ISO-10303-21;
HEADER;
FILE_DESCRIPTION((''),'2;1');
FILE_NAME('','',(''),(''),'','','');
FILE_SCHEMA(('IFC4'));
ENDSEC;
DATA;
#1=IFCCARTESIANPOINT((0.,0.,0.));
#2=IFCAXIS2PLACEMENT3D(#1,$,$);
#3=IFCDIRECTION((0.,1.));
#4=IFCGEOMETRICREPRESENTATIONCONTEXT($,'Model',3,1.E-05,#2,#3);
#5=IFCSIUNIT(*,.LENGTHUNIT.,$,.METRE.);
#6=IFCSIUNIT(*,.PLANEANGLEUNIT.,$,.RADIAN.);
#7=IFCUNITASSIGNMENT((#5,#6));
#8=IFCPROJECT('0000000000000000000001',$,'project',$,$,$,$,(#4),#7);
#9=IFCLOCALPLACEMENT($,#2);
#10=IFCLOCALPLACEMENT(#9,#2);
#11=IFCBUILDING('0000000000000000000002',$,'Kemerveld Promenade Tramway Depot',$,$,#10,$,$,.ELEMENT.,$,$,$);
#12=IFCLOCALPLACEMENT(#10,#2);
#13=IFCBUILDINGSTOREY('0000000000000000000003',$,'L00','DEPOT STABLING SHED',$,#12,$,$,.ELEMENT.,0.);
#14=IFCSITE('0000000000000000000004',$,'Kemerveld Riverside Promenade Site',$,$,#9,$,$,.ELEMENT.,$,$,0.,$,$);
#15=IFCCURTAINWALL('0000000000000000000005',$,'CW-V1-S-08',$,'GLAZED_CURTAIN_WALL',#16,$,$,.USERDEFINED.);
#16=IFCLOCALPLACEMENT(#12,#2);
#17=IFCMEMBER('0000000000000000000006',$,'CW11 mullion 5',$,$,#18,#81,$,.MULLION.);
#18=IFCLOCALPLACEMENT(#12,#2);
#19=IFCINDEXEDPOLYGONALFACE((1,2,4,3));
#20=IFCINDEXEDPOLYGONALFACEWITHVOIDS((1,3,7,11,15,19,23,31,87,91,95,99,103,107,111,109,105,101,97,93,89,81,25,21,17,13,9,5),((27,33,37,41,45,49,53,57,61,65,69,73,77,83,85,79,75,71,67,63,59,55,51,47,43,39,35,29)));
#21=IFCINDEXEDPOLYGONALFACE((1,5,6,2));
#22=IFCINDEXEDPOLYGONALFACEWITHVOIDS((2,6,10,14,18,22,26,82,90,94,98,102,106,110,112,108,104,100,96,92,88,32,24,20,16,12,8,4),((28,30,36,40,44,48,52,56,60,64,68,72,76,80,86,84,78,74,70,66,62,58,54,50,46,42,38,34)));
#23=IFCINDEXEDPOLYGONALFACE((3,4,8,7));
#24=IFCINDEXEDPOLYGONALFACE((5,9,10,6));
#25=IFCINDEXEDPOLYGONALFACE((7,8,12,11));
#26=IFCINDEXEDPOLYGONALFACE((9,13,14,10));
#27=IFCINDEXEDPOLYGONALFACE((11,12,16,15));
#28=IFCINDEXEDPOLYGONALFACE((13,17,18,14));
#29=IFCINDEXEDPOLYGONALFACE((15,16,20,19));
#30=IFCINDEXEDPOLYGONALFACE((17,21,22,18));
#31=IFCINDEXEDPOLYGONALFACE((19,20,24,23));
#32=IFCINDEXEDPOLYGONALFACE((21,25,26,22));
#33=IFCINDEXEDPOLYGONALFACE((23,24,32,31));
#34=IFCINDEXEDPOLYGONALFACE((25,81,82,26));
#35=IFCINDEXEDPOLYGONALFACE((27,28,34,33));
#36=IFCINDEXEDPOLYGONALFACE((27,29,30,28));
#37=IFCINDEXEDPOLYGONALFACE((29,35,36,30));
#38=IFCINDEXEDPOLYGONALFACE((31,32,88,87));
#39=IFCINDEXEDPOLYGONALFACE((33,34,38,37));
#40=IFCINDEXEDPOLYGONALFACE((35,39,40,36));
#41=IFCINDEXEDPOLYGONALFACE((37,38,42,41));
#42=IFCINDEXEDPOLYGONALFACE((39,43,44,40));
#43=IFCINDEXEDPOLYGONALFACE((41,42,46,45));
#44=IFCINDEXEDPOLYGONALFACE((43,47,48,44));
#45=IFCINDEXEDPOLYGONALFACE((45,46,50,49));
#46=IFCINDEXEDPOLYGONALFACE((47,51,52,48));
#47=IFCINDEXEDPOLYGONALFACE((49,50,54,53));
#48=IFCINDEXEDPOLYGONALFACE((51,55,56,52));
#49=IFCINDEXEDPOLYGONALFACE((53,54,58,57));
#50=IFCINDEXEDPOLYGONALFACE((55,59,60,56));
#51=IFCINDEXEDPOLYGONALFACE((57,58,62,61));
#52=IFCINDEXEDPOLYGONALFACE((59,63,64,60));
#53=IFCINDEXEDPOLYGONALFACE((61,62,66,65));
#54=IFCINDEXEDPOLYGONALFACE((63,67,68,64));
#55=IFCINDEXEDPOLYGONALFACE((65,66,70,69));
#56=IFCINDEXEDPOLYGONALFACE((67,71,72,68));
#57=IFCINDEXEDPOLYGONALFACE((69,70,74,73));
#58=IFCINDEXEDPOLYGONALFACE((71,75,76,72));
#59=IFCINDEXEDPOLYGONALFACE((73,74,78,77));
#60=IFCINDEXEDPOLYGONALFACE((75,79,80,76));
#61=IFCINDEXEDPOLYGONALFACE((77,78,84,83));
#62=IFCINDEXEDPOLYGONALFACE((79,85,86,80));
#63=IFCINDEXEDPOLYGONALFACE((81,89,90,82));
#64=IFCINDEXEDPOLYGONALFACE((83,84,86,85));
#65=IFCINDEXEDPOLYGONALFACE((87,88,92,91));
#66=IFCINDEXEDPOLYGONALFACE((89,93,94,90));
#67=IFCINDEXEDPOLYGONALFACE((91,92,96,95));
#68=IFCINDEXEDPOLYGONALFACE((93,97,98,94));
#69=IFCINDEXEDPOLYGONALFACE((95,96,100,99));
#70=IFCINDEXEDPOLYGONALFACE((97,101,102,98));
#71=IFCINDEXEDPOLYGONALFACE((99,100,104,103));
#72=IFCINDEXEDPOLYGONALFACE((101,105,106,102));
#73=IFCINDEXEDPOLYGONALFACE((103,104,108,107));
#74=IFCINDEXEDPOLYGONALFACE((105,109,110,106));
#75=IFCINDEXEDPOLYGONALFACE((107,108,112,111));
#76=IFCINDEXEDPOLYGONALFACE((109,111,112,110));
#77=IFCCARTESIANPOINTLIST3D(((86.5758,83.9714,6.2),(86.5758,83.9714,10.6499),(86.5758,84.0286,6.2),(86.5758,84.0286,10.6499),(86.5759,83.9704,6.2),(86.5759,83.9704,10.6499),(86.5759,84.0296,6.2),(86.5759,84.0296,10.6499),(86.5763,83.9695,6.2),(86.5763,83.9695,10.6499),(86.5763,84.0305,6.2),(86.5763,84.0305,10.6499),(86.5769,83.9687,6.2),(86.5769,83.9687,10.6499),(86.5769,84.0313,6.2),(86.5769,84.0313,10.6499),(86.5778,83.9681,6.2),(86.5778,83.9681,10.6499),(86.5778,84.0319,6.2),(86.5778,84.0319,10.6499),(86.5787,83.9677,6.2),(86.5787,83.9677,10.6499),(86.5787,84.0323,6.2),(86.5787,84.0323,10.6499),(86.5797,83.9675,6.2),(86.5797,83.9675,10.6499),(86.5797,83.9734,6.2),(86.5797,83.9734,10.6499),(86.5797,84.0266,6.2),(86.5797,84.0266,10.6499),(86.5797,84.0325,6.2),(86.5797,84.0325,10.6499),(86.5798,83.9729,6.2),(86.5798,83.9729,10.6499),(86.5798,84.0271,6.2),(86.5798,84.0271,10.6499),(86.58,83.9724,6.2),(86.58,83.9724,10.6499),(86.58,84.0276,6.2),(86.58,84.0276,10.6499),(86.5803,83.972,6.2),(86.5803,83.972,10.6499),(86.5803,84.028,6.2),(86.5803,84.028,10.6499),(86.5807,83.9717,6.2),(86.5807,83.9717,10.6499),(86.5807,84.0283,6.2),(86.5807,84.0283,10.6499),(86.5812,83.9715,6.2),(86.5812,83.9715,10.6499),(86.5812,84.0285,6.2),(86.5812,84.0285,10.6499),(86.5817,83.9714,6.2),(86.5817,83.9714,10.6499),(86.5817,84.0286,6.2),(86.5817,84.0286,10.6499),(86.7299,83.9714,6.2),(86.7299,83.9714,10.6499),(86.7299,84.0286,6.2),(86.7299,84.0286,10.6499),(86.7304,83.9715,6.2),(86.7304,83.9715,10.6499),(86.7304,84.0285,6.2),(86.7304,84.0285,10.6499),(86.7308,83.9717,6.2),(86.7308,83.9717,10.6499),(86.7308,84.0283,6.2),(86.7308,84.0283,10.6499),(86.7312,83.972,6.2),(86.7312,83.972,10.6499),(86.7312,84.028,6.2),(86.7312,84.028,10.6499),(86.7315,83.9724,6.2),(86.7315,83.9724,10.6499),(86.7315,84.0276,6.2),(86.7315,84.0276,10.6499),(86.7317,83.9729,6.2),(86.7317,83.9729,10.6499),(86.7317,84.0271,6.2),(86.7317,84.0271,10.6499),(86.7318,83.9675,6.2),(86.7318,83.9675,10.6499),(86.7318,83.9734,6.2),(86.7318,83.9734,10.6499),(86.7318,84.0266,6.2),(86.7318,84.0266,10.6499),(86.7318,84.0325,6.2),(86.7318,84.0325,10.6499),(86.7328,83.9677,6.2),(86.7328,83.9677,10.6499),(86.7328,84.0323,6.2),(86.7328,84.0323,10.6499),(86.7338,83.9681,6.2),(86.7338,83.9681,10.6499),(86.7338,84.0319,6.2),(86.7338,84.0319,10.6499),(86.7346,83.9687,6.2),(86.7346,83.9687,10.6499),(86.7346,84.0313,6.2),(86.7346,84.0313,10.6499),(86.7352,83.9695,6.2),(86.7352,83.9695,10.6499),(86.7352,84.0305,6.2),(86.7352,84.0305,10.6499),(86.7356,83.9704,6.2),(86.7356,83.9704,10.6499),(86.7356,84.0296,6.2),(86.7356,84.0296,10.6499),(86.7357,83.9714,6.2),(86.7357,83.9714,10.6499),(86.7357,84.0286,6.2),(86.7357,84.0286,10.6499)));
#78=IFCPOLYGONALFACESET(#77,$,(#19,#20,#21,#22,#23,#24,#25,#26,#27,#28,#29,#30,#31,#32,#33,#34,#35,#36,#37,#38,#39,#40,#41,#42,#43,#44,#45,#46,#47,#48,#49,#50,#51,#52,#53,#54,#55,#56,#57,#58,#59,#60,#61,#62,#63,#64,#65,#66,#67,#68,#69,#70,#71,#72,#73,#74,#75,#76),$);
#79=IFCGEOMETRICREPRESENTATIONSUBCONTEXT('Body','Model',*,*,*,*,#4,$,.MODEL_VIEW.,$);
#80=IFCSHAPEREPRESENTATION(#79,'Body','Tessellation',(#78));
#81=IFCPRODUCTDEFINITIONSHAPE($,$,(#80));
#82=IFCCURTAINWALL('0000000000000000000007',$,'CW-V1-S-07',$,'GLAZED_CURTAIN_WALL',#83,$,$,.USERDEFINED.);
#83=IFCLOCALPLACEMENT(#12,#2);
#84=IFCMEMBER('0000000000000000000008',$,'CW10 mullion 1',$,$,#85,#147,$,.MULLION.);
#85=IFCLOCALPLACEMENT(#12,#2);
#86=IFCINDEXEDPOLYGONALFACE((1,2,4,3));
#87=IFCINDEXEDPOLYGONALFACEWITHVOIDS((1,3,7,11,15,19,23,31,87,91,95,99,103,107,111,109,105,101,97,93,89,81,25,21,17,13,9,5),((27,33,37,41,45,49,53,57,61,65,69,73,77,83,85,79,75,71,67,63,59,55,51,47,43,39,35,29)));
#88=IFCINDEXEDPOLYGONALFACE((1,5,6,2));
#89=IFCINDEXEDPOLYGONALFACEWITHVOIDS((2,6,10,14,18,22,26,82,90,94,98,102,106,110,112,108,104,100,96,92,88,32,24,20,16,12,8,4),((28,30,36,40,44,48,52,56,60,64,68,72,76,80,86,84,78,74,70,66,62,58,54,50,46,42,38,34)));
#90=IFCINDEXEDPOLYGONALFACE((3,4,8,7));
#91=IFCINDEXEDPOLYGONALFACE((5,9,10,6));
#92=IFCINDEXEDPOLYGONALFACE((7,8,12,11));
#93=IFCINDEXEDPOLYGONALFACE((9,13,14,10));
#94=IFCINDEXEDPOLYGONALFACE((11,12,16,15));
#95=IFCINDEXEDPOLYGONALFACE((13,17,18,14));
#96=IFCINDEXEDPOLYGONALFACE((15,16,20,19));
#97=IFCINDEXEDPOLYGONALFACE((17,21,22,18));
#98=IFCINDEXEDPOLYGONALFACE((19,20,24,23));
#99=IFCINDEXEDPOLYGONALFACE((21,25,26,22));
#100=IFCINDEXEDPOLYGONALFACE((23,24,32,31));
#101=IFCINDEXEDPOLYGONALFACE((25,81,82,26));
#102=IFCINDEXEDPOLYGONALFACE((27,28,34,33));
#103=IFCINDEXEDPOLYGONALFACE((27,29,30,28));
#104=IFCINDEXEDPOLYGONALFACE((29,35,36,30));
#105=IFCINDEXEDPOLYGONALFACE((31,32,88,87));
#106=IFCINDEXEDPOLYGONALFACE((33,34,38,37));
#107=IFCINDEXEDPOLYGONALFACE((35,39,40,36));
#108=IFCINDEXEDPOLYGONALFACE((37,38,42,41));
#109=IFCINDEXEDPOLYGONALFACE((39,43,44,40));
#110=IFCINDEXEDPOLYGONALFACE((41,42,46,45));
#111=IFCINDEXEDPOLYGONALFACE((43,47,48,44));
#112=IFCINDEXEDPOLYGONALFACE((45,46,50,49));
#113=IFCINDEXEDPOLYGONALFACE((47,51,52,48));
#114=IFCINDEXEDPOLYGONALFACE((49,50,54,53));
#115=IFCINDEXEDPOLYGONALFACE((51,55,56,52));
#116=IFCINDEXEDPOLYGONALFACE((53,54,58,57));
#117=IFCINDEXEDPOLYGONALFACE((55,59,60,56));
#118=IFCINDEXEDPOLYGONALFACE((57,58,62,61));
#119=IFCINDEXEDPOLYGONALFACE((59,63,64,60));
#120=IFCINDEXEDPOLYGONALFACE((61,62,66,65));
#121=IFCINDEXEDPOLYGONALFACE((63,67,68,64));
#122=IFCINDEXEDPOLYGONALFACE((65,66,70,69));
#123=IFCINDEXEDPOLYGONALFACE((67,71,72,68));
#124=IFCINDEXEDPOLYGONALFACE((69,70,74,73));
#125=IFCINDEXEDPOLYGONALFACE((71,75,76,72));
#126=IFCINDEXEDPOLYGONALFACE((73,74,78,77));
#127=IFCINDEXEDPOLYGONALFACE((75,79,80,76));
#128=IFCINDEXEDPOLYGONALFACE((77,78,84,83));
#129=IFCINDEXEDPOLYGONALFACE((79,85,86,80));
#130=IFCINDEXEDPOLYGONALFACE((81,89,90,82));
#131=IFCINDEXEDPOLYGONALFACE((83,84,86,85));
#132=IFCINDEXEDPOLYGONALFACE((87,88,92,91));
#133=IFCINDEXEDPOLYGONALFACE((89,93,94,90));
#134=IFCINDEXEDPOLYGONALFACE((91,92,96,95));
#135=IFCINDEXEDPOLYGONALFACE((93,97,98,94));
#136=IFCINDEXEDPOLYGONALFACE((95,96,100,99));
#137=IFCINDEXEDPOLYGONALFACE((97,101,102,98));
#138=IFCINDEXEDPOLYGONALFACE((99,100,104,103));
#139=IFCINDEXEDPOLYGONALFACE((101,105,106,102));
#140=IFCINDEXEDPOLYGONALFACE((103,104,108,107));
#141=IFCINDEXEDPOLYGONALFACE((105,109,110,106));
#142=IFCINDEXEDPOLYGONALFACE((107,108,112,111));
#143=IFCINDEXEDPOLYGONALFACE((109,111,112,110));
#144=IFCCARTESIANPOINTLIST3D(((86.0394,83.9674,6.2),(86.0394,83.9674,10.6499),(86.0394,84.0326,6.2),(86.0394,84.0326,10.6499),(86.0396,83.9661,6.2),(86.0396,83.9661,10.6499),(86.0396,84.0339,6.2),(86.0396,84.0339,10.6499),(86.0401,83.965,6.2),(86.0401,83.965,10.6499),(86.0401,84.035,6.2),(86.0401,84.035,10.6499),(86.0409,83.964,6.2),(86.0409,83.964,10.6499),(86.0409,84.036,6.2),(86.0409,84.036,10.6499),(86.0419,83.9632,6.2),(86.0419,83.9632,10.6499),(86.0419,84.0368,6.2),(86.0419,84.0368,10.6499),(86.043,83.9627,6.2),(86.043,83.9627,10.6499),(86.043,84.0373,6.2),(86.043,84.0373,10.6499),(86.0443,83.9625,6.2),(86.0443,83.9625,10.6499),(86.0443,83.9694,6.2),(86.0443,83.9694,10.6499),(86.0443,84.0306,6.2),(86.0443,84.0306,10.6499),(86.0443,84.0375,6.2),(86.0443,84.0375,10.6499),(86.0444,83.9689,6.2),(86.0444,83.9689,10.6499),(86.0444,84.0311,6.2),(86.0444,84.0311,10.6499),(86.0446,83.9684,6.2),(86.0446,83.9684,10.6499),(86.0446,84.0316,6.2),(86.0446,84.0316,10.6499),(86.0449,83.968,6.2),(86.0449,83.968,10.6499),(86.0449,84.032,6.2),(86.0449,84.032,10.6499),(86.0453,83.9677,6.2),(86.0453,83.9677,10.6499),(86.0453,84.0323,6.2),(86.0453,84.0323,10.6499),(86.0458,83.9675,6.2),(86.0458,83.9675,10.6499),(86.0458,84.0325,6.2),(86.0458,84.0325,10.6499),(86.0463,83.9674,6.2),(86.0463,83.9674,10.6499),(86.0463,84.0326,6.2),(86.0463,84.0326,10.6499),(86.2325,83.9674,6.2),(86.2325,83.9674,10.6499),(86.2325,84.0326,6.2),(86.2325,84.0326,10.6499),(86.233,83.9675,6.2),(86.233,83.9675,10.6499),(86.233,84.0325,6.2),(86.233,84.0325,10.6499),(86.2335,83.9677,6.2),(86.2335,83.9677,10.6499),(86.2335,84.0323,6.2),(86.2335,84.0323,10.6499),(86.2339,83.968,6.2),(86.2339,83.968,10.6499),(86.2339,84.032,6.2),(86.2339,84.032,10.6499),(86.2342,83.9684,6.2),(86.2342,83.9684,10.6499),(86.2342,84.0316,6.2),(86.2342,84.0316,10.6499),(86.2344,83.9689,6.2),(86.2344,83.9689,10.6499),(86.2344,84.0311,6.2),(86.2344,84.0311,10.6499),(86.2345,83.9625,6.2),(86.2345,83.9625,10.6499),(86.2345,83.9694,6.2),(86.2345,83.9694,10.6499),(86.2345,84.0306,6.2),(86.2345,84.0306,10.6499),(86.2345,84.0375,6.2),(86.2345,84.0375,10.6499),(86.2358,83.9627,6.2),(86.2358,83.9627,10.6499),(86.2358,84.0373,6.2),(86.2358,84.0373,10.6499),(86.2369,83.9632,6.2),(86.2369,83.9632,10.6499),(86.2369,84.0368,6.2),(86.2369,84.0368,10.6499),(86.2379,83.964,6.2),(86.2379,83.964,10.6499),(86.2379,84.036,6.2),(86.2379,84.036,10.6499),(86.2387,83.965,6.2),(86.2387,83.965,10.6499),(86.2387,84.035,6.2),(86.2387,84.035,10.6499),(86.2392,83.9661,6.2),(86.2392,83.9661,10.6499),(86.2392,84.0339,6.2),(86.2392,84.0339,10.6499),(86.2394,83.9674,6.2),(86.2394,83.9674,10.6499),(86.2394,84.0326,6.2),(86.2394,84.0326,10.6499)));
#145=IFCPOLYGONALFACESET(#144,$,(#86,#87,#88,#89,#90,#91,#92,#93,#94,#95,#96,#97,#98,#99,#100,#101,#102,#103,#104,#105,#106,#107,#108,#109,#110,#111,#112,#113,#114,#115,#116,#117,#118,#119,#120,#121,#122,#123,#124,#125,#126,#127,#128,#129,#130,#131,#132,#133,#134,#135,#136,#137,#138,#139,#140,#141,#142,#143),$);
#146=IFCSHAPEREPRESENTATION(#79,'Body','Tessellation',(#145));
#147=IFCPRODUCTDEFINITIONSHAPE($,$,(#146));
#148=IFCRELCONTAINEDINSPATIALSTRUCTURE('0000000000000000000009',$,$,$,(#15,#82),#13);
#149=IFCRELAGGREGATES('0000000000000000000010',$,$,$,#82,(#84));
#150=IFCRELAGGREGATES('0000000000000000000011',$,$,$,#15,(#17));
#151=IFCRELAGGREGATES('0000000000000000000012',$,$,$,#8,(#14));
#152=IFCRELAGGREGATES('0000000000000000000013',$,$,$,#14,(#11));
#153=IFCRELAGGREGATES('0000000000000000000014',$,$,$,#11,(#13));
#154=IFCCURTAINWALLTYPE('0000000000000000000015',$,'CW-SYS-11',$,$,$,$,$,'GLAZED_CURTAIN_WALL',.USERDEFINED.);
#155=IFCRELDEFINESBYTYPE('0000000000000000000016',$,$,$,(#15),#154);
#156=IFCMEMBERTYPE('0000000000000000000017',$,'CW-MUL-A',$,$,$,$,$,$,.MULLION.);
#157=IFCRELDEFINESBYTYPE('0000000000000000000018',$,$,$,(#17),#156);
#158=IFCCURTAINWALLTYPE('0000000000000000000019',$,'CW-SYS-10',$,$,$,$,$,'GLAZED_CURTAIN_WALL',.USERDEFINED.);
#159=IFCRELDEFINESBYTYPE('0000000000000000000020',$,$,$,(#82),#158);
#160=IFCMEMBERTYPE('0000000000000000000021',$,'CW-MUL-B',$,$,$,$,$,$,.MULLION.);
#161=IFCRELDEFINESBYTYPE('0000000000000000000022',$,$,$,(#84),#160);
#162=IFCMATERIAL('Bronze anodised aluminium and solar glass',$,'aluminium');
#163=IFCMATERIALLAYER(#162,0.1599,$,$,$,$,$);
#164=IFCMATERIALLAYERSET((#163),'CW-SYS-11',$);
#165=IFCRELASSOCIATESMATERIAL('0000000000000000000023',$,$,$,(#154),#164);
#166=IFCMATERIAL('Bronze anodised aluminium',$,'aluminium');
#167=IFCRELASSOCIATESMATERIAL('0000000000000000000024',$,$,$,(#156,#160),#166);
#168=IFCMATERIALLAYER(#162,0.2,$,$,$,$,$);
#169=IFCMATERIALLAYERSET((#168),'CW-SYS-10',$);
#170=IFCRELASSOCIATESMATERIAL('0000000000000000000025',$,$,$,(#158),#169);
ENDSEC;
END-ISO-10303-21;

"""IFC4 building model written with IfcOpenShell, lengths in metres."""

from ifc_helpers import new_model, si_unit, direction, frame, origin, origin_2d, place, context, subcontext, project, spatial, hollow_rectangle, extrude, material, layer, layer_set, material_profile, profile_set, type_object, element, aggregate, save


model = new_model("IFC4")

# Units and contexts
model_context = context("Model", 3, precision=1e-05, world=origin(), true_north=direction((0.0, 1.0)))
body_context = subcontext(model_context, "Body", "Model", "MODEL_VIEW")
ifc_project = project(units=[si_unit("LENGTHUNIT", "METRE"), si_unit("PLANEANGLEUNIT", "RADIAN")], contexts=[model_context])

# Site, building, storey
site_placement = place(None, origin())
site = spatial("IfcSite", under=ifc_project, at=site_placement, Name="Kemerveld Riverside Promenade Site", CompositionType="ELEMENT", RefElevation=0.0)
building_placement = place(site_placement, origin())
building = spatial("IfcBuilding", under=site, at=building_placement, Name="Kemerveld Promenade Tramway Depot", CompositionType="ELEMENT")
storey_placement = place(building_placement, origin())
storey = spatial("IfcBuildingStorey", under=building, at=storey_placement, Name="L00", Description="DEPOT STABLING SHED", CompositionType="ELEMENT", Elevation=0.0)

# Curtain walls, members
ifc_material_1 = material(Name="Bronze anodised aluminium and solar glass", Category="aluminium")
ifc_layer_1 = layer(ifc_material_1, 0.1599)
ifc_layer_set_1 = layer_set([ifc_layer_1], Name="CW-SYS-11")
curtain_wall_type_1 = type_object("IfcCurtainWallType", Name="CW-SYS-11", ElementType="GLAZED_CURTAIN_WALL", PredefinedType="USERDEFINED", material=ifc_layer_set_1)
curtain_wall_1_placement = place(storey_placement, origin())
curtain_wall_1 = element("IfcCurtainWall", 1, at=curtain_wall_1_placement, inside=storey, type_object=curtain_wall_type_1, Name="CW-V1-S-08", ObjectType="GLAZED_CURTAIN_WALL", PredefinedType="USERDEFINED")
ifc_material_2 = material(Name="Bronze anodised aluminium", Category="aluminium")
ifc_material_profile_1 = material_profile(ifc_material_2, hollow_rectangle(XDim=0.0649, YDim=0.1599, WallThickness=0.0039, InnerFilletRadius=0.002, OuterFilletRadius=0.0039, at=origin_2d()), Name="CW-MUL-160x65")
ifc_profile_set_1 = profile_set([ifc_material_profile_1], Name="Bronze anodised aluminium")
member_type_1 = type_object("IfcMemberType", Name="CW-MUL-A", PredefinedType="MULLION", material=ifc_profile_set_1)
member_1_placement = place(storey_placement, frame((86.6558, 84.0, 6.2), z_axis=(0.0, 0.0, 1.0), x_axis=(0.0, -1.0, 0.0)))
member_1 = element("IfcMember", 2, at=member_1_placement, type_object=member_type_1, Name="CW11 mullion 5", PredefinedType="MULLION", context=body_context, shape_type="SweptSolid", body=[
    extrude(hollow_rectangle(XDim=0.0649, YDim=0.1599, WallThickness=0.0039, InnerFilletRadius=0.002, OuterFilletRadius=0.0039, at=origin_2d()), origin(), (0.0, 0.0, 1.0), 4.45),
])
ifc_layer_2 = layer(ifc_material_1, 0.2)
ifc_layer_set_2 = layer_set([ifc_layer_2], Name="CW-SYS-10")
curtain_wall_type_2 = type_object("IfcCurtainWallType", Name="CW-SYS-10", ElementType="GLAZED_CURTAIN_WALL", PredefinedType="USERDEFINED", material=ifc_layer_set_2)
curtain_wall_2_placement = place(storey_placement, origin())
curtain_wall_2 = element("IfcCurtainWall", 3, at=curtain_wall_2_placement, inside=storey, type_object=curtain_wall_type_2, Name="CW-V1-S-07", ObjectType="GLAZED_CURTAIN_WALL", PredefinedType="USERDEFINED")
ifc_material_profile_2 = material_profile(ifc_material_2, hollow_rectangle(XDim=0.075, YDim=0.2, WallThickness=0.0049, InnerFilletRadius=0.002, OuterFilletRadius=0.0049, at=origin_2d()), Name="CW-MUL-200x75")
ifc_profile_set_2 = profile_set([ifc_material_profile_2], Name="Bronze anodised aluminium")
member_type_2 = type_object("IfcMemberType", Name="CW-MUL-B", PredefinedType="MULLION", material=ifc_profile_set_2)
member_2_placement = place(storey_placement, frame((86.1394, 84.0, 6.2), z_axis=(0.0, 0.0, 1.0), x_axis=(0.0, -1.0, 0.0)))
member_2 = element("IfcMember", 4, at=member_2_placement, type_object=member_type_2, Name="CW10 mullion 1", PredefinedType="MULLION", context=body_context, shape_type="SweptSolid", body=[
    extrude(hollow_rectangle(XDim=0.075, YDim=0.2, WallThickness=0.0049, InnerFilletRadius=0.002, OuterFilletRadius=0.0049, at=origin_2d()), origin(), (0.0, 0.0, 1.0), 4.45),
])

aggregate(curtain_wall_2, [member_2])
aggregate(curtain_wall_1, [member_1])

save(model, "model.ifc")
